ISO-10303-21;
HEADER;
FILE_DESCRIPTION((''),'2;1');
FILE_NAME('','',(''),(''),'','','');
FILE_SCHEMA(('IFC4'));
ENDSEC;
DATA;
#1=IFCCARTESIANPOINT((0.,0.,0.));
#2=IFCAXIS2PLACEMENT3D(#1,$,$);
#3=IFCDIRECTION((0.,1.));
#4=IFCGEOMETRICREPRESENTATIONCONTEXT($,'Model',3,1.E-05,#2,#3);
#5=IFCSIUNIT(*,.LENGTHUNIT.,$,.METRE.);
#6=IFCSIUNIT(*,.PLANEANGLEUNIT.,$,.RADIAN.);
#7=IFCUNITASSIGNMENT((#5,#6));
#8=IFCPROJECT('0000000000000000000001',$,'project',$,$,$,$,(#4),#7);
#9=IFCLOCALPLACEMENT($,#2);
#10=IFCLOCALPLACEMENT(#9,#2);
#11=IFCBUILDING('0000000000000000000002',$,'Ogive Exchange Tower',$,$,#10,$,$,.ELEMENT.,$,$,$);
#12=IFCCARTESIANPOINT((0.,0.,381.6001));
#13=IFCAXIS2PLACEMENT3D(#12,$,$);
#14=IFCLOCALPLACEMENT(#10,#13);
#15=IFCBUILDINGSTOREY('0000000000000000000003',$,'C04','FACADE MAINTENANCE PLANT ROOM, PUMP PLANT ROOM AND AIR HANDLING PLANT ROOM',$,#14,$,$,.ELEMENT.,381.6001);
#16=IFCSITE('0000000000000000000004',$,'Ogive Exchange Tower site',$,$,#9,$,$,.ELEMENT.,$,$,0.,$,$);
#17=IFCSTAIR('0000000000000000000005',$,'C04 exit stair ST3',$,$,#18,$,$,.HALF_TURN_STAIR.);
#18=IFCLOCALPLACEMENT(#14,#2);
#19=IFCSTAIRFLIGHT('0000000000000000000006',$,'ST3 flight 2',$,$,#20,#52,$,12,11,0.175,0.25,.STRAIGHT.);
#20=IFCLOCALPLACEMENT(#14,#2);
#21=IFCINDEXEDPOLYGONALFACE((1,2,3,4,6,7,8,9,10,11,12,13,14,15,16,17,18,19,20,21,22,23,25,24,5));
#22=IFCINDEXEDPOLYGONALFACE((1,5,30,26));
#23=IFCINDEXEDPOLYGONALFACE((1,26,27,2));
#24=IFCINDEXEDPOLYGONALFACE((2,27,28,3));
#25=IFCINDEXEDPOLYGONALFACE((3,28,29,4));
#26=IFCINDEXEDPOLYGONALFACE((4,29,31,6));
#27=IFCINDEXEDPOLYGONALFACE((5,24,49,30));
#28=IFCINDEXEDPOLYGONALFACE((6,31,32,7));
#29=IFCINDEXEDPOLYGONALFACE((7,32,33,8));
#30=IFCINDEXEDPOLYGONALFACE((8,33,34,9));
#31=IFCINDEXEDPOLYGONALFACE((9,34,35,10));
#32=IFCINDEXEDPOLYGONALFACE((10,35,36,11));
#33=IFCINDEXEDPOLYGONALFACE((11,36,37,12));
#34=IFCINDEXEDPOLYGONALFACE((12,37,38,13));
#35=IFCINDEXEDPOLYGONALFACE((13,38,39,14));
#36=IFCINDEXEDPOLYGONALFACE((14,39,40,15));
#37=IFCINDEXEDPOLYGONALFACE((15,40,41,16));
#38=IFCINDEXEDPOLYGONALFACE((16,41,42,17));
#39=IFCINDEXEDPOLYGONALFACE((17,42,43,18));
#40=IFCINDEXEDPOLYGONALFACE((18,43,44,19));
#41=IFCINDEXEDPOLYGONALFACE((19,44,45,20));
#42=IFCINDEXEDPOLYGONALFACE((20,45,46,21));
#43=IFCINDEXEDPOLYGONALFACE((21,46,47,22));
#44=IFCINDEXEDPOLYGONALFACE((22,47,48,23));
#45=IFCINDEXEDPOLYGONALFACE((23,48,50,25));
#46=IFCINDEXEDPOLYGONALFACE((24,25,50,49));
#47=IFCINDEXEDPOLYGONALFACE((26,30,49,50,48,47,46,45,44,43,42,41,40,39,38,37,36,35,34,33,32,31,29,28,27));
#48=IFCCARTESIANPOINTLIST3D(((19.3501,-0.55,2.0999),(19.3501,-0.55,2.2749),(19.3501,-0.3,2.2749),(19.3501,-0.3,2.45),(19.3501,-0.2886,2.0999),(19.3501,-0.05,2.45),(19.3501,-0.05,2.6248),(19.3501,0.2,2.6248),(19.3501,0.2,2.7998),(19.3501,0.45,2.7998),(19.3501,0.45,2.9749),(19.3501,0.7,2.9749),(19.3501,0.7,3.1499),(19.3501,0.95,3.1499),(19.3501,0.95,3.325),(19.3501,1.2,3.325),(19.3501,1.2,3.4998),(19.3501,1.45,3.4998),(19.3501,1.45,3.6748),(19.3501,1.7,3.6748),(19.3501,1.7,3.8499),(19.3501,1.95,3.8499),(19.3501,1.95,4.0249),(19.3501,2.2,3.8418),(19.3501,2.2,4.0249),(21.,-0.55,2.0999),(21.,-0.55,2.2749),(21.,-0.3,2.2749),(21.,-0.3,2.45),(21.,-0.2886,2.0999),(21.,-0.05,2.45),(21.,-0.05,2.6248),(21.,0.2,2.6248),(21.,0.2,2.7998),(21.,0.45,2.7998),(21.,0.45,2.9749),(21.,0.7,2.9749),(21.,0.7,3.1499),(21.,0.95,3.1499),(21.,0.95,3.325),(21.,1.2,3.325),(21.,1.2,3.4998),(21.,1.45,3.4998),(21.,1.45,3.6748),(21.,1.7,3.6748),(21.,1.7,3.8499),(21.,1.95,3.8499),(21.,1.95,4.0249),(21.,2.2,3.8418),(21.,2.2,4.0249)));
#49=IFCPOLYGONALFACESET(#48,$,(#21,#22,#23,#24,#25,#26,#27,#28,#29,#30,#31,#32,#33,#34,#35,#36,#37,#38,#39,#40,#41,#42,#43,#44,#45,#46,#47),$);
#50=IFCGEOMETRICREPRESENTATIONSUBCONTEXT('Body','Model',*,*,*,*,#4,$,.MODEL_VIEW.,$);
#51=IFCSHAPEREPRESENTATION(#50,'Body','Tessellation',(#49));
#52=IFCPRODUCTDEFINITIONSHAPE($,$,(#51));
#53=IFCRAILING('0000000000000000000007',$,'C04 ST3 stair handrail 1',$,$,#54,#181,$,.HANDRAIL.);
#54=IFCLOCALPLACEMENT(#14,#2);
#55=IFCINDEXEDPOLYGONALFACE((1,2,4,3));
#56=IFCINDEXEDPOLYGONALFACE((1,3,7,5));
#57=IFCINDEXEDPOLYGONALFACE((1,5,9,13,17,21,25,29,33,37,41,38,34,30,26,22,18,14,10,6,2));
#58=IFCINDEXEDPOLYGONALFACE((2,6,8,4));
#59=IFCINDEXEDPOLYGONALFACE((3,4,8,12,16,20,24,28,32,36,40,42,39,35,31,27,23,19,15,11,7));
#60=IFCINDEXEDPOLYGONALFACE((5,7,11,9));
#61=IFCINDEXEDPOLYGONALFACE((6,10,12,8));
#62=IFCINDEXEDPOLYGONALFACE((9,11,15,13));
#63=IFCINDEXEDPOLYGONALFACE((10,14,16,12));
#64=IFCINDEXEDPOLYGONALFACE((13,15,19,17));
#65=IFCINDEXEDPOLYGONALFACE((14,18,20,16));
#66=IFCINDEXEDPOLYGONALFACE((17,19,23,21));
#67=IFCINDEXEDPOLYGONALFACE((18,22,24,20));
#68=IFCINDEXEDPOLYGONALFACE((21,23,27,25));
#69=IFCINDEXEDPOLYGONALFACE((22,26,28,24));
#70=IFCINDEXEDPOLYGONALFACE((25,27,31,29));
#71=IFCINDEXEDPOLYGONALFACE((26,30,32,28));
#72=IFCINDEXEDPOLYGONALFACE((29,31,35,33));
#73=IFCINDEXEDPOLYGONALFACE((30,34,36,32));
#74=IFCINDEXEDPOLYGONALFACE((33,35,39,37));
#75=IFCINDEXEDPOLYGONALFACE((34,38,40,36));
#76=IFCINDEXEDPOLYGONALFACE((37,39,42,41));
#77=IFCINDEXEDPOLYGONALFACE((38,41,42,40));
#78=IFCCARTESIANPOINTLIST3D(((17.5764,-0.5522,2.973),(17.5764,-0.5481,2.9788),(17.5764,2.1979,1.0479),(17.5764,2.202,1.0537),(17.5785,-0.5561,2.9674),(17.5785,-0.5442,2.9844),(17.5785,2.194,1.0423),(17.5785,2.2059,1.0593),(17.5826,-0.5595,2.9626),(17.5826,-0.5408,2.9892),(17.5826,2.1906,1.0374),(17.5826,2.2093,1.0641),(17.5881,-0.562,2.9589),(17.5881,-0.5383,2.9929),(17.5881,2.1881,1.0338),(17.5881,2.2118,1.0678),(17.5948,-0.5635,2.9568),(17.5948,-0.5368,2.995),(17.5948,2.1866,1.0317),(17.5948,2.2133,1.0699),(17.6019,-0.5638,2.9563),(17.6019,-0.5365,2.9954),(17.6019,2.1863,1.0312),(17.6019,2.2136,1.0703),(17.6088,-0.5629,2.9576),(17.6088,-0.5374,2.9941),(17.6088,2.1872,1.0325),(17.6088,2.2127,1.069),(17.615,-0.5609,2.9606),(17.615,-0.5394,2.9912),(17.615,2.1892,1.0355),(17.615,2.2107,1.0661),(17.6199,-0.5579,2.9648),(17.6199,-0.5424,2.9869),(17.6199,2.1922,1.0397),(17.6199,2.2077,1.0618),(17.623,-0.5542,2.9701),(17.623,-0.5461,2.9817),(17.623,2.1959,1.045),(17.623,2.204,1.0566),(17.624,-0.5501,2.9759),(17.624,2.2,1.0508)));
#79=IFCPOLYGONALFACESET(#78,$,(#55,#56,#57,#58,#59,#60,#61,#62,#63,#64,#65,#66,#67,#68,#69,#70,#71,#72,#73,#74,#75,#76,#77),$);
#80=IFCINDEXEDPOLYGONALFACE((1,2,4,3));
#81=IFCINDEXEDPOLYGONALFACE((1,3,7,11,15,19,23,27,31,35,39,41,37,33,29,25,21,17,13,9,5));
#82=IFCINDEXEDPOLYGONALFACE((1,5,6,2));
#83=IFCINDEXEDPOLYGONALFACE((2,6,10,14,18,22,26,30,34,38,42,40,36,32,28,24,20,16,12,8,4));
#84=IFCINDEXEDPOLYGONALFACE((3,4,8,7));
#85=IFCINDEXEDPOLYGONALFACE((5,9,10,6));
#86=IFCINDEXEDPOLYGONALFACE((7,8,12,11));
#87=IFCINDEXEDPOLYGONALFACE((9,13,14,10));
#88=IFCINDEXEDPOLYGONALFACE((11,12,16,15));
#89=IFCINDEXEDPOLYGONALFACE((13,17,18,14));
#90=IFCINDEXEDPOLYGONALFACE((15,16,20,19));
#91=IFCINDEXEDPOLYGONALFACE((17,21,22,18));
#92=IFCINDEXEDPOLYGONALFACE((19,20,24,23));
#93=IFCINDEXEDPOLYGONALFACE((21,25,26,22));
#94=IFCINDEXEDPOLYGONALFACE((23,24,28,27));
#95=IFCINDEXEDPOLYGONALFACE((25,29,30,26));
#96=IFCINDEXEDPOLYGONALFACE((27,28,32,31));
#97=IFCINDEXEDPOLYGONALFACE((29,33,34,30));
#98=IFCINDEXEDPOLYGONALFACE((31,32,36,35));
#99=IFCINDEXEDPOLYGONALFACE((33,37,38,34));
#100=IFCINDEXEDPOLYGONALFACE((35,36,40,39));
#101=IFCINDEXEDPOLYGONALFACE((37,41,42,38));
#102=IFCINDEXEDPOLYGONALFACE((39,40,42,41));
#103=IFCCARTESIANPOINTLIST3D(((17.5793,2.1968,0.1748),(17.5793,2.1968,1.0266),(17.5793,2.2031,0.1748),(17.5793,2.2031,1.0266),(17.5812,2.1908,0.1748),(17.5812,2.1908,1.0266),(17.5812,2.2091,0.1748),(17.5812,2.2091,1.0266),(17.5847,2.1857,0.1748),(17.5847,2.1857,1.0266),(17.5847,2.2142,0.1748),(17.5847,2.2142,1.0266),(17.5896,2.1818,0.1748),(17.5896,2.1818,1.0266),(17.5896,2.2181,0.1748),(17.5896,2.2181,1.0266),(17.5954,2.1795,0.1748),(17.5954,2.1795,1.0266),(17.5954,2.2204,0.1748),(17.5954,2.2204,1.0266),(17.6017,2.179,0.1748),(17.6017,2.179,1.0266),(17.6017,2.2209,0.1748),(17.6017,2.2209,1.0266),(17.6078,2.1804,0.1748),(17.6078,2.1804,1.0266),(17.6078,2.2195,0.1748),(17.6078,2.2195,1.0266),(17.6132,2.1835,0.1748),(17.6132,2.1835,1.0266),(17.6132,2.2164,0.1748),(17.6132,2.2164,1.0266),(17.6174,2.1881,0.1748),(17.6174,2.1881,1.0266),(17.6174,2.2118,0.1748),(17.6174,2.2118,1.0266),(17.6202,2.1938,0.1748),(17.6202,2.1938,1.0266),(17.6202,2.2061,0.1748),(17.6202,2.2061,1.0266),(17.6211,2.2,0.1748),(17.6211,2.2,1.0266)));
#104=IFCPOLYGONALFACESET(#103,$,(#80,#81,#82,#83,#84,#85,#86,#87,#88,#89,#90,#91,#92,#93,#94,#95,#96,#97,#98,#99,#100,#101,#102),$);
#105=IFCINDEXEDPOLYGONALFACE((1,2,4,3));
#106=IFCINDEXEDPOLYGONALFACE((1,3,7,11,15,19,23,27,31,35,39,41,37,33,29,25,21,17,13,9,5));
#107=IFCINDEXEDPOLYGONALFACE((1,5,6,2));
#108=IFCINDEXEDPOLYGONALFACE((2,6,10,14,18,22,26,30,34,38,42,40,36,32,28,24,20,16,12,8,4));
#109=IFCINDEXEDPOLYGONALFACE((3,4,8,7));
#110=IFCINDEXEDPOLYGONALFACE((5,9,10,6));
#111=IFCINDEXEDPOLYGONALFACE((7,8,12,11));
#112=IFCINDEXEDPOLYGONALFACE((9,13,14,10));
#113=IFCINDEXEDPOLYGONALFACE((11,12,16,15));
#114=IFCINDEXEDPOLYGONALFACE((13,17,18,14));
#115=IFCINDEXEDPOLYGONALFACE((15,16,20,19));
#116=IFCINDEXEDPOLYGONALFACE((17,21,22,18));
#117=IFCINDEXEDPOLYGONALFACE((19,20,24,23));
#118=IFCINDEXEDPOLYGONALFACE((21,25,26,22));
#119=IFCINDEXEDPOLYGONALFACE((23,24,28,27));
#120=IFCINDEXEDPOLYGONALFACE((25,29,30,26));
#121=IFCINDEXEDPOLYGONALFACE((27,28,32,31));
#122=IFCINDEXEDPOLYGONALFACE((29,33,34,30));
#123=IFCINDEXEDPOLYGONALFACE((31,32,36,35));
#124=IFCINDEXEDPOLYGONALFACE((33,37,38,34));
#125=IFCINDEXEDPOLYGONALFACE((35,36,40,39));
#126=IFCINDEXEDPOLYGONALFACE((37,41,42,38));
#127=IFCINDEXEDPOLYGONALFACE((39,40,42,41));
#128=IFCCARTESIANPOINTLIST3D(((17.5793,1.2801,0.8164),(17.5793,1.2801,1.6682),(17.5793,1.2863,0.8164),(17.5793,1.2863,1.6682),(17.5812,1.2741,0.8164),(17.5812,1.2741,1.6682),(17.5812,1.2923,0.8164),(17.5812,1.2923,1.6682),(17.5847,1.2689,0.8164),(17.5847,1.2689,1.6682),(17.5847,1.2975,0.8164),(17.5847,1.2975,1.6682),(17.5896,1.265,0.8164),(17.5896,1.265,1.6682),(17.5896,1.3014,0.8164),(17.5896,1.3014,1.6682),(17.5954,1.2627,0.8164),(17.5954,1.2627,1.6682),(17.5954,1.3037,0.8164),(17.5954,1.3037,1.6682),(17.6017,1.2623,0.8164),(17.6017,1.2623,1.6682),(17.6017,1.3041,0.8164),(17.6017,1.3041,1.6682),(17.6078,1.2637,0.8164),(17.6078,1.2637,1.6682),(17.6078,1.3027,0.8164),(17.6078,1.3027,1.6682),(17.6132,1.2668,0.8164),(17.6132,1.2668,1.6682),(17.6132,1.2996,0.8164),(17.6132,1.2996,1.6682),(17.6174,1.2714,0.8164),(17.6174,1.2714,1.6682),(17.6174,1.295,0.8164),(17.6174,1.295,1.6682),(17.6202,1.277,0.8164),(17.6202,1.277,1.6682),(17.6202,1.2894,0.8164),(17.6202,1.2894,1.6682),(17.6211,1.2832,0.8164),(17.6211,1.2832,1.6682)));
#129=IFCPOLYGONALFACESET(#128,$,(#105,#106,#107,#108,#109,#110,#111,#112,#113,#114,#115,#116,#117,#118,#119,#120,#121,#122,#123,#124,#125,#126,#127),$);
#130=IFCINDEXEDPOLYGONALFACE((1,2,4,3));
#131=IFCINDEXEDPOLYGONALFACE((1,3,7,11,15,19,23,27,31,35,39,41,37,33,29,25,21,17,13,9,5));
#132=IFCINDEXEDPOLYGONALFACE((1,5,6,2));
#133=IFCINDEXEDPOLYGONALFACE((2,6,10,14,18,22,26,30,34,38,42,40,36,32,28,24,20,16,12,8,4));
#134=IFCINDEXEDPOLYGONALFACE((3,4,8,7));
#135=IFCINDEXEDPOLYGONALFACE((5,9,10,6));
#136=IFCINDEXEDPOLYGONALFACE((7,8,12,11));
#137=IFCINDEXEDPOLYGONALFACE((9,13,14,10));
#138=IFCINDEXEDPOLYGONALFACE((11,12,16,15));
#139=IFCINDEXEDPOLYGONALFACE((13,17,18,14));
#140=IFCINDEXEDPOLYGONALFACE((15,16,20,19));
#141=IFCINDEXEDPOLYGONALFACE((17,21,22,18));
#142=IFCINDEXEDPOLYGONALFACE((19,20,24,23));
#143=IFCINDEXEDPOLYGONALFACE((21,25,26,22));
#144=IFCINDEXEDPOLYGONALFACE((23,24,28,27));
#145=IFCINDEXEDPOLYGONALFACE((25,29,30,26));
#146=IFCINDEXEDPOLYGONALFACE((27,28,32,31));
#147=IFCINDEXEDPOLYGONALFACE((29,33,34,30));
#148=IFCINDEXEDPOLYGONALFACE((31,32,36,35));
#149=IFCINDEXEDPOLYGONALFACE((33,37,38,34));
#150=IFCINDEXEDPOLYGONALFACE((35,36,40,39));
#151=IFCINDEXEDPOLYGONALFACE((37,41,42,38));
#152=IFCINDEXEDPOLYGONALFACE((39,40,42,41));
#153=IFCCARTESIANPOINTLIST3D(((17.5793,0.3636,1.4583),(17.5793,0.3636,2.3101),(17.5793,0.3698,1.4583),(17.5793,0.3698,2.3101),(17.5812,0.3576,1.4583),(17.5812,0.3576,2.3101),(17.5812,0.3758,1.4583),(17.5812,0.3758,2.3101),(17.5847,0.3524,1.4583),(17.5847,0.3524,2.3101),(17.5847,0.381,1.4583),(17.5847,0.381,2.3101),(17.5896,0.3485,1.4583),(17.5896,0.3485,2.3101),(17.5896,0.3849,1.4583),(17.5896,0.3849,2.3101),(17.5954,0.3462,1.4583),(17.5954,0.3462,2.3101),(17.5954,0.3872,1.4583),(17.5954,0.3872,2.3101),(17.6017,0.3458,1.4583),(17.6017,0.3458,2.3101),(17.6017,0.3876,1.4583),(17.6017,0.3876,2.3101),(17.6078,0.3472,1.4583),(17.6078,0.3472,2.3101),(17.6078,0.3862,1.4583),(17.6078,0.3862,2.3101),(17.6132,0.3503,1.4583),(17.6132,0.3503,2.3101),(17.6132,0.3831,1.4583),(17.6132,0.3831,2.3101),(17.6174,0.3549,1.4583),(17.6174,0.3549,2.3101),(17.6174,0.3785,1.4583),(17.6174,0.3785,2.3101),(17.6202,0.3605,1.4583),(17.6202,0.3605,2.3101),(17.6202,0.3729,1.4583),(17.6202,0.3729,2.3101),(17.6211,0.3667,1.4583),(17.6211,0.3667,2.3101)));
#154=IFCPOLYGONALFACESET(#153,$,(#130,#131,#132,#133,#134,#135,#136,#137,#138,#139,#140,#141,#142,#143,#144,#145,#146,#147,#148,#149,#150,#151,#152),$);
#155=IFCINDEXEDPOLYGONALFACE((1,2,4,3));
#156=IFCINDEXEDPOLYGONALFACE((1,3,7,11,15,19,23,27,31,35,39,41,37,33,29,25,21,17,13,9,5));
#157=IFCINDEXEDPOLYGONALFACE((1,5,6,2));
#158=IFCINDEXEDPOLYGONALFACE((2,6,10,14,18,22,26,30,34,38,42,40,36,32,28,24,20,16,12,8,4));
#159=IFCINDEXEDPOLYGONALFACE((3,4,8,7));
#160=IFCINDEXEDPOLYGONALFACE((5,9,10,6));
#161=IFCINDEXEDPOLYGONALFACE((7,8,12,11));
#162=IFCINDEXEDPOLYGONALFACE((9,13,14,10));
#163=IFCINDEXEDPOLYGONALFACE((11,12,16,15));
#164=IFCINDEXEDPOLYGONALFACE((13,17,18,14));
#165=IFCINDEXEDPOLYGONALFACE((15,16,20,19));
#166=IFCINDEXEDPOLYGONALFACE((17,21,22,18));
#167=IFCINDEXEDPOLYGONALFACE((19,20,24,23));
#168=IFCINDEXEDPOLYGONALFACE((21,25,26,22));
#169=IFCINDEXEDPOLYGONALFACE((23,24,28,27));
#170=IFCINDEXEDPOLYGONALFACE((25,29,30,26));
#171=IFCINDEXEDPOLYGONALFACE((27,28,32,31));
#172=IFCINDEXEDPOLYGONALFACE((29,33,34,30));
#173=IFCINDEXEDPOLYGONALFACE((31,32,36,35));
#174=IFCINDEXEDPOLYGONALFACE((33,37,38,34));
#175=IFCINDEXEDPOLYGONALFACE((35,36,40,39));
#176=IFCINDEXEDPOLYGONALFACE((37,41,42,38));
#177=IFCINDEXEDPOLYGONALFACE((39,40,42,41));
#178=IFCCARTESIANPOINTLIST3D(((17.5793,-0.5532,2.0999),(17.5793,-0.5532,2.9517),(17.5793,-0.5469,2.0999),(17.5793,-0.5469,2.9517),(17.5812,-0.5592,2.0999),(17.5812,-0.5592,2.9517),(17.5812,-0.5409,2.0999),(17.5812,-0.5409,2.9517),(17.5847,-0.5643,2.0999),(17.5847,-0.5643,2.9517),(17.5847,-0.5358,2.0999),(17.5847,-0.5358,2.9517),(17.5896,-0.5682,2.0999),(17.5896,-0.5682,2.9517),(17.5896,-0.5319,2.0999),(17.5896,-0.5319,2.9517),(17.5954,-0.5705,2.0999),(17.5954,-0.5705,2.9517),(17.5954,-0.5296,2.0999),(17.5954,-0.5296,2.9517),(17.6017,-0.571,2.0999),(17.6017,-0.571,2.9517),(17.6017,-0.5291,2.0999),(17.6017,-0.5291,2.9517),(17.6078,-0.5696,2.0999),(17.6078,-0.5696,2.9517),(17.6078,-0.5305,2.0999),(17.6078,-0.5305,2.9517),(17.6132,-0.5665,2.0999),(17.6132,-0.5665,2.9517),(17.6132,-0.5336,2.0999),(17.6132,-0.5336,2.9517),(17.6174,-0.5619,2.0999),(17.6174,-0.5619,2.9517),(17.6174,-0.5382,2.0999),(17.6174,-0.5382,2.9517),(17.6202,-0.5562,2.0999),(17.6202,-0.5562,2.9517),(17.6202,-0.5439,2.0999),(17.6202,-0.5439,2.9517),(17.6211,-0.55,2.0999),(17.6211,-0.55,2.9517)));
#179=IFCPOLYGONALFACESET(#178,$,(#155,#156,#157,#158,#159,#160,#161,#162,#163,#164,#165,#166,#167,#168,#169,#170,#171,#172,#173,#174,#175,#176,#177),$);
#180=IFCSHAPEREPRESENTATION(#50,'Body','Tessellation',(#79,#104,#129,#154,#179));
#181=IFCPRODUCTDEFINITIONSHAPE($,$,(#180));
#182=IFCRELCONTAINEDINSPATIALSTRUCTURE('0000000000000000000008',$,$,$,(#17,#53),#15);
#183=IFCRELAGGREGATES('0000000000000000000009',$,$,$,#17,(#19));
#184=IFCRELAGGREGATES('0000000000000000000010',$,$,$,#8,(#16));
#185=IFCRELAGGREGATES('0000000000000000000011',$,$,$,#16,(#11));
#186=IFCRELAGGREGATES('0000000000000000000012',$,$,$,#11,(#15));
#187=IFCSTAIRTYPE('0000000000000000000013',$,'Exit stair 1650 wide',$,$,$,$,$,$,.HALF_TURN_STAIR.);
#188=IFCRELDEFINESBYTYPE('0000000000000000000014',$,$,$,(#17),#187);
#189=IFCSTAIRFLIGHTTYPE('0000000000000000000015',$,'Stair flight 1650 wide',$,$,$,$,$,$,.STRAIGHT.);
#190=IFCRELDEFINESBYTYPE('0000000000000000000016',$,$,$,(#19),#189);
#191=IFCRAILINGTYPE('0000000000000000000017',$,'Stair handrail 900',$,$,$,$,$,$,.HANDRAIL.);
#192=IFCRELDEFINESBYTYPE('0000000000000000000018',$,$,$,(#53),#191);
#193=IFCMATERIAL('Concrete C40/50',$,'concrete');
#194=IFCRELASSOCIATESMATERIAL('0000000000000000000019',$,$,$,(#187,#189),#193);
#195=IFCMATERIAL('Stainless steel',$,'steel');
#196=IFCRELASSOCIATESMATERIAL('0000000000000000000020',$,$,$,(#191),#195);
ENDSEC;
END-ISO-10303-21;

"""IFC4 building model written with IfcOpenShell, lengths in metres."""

from ifc_helpers import new_model, si_unit, direction, frame, origin, origin_2d, place, context, subcontext, project, spatial, polyline, circle, outline, extrude, material, type_object, element, aggregate, save


model = new_model("IFC4")

# Units and contexts
model_context = context("Model", 3, precision=1e-05, world=origin(), true_north=direction((0.0, 1.0)))
body_context = subcontext(model_context, "Body", "Model", "MODEL_VIEW")
ifc_project = project(units=[si_unit("LENGTHUNIT", "METRE"), si_unit("PLANEANGLEUNIT", "RADIAN")], contexts=[model_context])

# Site, building, storey
site_placement = place(None, origin())
site = spatial("IfcSite", under=ifc_project, at=site_placement, Name="Ogive Exchange Tower site", CompositionType="ELEMENT", RefElevation=0.0)
building_placement = place(site_placement, origin())
building = spatial("IfcBuilding", under=site, at=building_placement, Name="Ogive Exchange Tower", CompositionType="ELEMENT")
storey_placement = place(building_placement, frame((0.0, 0.0, 381.6001)))
storey = spatial("IfcBuildingStorey", under=building, at=storey_placement, Name="C04", Description="FACADE MAINTENANCE PLANT ROOM, PUMP PLANT ROOM AND AIR HANDLING PLANT ROOM", CompositionType="ELEMENT", Elevation=381.6001)

# Shared definitions
ifc_material_1 = material(Name="Stainless steel", Category="steel")

# Stair, stair flight
ifc_material_2 = material(Name="Concrete C40/50", Category="concrete")
stair_type = type_object("IfcStairType", Name="Exit stair 1650 wide", PredefinedType="HALF_TURN_STAIR", material=ifc_material_2)
stair_placement = place(storey_placement, origin())
stair = element("IfcStair", 1, at=stair_placement, inside=storey, type_object=stair_type, Name="C04 exit stair ST3", PredefinedType="HALF_TURN_STAIR")
stair_flight_type = type_object("IfcStairFlightType", Name="Stair flight 1650 wide", PredefinedType="STRAIGHT", material=ifc_material_2)
stair_flight_1_placement = place(storey_placement, frame((20.175, -0.55, 2.0999), z_axis=(0.0, 0.0, 1.0), x_axis=(0.0, 1.0, 0.0)))
stair_flight_1 = element("IfcStairFlight", 2, at=stair_flight_1_placement, type_object=stair_flight_type, Name="ST3 flight 2", NumberOfRisers=12, NumberOfTreads=11, PredefinedType="STRAIGHT", RiserHeight=0.175, TreadLength=0.25, context=body_context, shape_type="SweptSolid", body=[
    extrude(outline(polyline([(0.0, 0.0), (0.0, 0.175), (0.25, 0.175), (0.25, 0.3501), (0.5, 0.3501), (0.5, 0.5249), (0.75, 0.5249), (0.75, 0.7), (1.0, 0.7), (1.0, 0.875), (1.25, 0.875), (1.25, 1.05), (1.5, 1.05), (1.5, 1.2251), (1.75, 1.2251), (1.75, 1.3999), (2.0, 1.3999), (2.0, 1.575), (2.25, 1.575), (2.25, 1.75), (2.5, 1.75), (2.5, 1.925), (2.75, 1.925), (2.75, 2.1001), (2.75, 1.7419), (0.2615, 0.0), (0.0, 0.0)])), frame((0.0, 0.825, 0.0), z_axis=(0.0, -1.0, 0.0), x_axis=(1.0, 0.0, 0.0)), (0.0, 0.0, 1.0), 1.6499),
])
aggregate(stair, [stair_flight_1])

# Railing
railing_type = type_object("IfcRailingType", Name="Stair handrail 900", PredefinedType="HANDRAIL", material=ifc_material_1)
railing_1_placement = place(storey_placement, frame((17.6001, 2.2, 0.1748)))
element("IfcRailing", 3, at=railing_1_placement, inside=storey, type_object=railing_type, Name="C04 ST3 stair handrail 1", PredefinedType="HANDRAIL", context=body_context, shape_type="SweptSolid", body=[
    extrude(circle(Radius=0.0239, at=origin_2d()), frame((0.0, 0.0, 0.876), z_axis=(0.0, -0.819225, 0.573472), x_axis=(1.0, 0.0, 0.0)), (0.0, 0.0, 1.0), 3.3569),
    extrude(circle(Radius=0.021, at=origin_2d()), origin(), (0.0, 0.0, 1.0), 0.8518),
    extrude(circle(Radius=0.021, at=origin_2d()), frame((0.0, -0.9167, 0.6416)), (0.0, 0.0, 1.0), 0.8518),
    extrude(circle(Radius=0.021, at=origin_2d()), frame((0.0, -1.8333, 1.2834)), (0.0, 0.0, 1.0), 0.8518),
    extrude(circle(Radius=0.021, at=origin_2d()), frame((0.0, -2.75, 1.925)), (0.0, 0.0, 1.0), 0.8518),
])

save(model, "model.ifc")
